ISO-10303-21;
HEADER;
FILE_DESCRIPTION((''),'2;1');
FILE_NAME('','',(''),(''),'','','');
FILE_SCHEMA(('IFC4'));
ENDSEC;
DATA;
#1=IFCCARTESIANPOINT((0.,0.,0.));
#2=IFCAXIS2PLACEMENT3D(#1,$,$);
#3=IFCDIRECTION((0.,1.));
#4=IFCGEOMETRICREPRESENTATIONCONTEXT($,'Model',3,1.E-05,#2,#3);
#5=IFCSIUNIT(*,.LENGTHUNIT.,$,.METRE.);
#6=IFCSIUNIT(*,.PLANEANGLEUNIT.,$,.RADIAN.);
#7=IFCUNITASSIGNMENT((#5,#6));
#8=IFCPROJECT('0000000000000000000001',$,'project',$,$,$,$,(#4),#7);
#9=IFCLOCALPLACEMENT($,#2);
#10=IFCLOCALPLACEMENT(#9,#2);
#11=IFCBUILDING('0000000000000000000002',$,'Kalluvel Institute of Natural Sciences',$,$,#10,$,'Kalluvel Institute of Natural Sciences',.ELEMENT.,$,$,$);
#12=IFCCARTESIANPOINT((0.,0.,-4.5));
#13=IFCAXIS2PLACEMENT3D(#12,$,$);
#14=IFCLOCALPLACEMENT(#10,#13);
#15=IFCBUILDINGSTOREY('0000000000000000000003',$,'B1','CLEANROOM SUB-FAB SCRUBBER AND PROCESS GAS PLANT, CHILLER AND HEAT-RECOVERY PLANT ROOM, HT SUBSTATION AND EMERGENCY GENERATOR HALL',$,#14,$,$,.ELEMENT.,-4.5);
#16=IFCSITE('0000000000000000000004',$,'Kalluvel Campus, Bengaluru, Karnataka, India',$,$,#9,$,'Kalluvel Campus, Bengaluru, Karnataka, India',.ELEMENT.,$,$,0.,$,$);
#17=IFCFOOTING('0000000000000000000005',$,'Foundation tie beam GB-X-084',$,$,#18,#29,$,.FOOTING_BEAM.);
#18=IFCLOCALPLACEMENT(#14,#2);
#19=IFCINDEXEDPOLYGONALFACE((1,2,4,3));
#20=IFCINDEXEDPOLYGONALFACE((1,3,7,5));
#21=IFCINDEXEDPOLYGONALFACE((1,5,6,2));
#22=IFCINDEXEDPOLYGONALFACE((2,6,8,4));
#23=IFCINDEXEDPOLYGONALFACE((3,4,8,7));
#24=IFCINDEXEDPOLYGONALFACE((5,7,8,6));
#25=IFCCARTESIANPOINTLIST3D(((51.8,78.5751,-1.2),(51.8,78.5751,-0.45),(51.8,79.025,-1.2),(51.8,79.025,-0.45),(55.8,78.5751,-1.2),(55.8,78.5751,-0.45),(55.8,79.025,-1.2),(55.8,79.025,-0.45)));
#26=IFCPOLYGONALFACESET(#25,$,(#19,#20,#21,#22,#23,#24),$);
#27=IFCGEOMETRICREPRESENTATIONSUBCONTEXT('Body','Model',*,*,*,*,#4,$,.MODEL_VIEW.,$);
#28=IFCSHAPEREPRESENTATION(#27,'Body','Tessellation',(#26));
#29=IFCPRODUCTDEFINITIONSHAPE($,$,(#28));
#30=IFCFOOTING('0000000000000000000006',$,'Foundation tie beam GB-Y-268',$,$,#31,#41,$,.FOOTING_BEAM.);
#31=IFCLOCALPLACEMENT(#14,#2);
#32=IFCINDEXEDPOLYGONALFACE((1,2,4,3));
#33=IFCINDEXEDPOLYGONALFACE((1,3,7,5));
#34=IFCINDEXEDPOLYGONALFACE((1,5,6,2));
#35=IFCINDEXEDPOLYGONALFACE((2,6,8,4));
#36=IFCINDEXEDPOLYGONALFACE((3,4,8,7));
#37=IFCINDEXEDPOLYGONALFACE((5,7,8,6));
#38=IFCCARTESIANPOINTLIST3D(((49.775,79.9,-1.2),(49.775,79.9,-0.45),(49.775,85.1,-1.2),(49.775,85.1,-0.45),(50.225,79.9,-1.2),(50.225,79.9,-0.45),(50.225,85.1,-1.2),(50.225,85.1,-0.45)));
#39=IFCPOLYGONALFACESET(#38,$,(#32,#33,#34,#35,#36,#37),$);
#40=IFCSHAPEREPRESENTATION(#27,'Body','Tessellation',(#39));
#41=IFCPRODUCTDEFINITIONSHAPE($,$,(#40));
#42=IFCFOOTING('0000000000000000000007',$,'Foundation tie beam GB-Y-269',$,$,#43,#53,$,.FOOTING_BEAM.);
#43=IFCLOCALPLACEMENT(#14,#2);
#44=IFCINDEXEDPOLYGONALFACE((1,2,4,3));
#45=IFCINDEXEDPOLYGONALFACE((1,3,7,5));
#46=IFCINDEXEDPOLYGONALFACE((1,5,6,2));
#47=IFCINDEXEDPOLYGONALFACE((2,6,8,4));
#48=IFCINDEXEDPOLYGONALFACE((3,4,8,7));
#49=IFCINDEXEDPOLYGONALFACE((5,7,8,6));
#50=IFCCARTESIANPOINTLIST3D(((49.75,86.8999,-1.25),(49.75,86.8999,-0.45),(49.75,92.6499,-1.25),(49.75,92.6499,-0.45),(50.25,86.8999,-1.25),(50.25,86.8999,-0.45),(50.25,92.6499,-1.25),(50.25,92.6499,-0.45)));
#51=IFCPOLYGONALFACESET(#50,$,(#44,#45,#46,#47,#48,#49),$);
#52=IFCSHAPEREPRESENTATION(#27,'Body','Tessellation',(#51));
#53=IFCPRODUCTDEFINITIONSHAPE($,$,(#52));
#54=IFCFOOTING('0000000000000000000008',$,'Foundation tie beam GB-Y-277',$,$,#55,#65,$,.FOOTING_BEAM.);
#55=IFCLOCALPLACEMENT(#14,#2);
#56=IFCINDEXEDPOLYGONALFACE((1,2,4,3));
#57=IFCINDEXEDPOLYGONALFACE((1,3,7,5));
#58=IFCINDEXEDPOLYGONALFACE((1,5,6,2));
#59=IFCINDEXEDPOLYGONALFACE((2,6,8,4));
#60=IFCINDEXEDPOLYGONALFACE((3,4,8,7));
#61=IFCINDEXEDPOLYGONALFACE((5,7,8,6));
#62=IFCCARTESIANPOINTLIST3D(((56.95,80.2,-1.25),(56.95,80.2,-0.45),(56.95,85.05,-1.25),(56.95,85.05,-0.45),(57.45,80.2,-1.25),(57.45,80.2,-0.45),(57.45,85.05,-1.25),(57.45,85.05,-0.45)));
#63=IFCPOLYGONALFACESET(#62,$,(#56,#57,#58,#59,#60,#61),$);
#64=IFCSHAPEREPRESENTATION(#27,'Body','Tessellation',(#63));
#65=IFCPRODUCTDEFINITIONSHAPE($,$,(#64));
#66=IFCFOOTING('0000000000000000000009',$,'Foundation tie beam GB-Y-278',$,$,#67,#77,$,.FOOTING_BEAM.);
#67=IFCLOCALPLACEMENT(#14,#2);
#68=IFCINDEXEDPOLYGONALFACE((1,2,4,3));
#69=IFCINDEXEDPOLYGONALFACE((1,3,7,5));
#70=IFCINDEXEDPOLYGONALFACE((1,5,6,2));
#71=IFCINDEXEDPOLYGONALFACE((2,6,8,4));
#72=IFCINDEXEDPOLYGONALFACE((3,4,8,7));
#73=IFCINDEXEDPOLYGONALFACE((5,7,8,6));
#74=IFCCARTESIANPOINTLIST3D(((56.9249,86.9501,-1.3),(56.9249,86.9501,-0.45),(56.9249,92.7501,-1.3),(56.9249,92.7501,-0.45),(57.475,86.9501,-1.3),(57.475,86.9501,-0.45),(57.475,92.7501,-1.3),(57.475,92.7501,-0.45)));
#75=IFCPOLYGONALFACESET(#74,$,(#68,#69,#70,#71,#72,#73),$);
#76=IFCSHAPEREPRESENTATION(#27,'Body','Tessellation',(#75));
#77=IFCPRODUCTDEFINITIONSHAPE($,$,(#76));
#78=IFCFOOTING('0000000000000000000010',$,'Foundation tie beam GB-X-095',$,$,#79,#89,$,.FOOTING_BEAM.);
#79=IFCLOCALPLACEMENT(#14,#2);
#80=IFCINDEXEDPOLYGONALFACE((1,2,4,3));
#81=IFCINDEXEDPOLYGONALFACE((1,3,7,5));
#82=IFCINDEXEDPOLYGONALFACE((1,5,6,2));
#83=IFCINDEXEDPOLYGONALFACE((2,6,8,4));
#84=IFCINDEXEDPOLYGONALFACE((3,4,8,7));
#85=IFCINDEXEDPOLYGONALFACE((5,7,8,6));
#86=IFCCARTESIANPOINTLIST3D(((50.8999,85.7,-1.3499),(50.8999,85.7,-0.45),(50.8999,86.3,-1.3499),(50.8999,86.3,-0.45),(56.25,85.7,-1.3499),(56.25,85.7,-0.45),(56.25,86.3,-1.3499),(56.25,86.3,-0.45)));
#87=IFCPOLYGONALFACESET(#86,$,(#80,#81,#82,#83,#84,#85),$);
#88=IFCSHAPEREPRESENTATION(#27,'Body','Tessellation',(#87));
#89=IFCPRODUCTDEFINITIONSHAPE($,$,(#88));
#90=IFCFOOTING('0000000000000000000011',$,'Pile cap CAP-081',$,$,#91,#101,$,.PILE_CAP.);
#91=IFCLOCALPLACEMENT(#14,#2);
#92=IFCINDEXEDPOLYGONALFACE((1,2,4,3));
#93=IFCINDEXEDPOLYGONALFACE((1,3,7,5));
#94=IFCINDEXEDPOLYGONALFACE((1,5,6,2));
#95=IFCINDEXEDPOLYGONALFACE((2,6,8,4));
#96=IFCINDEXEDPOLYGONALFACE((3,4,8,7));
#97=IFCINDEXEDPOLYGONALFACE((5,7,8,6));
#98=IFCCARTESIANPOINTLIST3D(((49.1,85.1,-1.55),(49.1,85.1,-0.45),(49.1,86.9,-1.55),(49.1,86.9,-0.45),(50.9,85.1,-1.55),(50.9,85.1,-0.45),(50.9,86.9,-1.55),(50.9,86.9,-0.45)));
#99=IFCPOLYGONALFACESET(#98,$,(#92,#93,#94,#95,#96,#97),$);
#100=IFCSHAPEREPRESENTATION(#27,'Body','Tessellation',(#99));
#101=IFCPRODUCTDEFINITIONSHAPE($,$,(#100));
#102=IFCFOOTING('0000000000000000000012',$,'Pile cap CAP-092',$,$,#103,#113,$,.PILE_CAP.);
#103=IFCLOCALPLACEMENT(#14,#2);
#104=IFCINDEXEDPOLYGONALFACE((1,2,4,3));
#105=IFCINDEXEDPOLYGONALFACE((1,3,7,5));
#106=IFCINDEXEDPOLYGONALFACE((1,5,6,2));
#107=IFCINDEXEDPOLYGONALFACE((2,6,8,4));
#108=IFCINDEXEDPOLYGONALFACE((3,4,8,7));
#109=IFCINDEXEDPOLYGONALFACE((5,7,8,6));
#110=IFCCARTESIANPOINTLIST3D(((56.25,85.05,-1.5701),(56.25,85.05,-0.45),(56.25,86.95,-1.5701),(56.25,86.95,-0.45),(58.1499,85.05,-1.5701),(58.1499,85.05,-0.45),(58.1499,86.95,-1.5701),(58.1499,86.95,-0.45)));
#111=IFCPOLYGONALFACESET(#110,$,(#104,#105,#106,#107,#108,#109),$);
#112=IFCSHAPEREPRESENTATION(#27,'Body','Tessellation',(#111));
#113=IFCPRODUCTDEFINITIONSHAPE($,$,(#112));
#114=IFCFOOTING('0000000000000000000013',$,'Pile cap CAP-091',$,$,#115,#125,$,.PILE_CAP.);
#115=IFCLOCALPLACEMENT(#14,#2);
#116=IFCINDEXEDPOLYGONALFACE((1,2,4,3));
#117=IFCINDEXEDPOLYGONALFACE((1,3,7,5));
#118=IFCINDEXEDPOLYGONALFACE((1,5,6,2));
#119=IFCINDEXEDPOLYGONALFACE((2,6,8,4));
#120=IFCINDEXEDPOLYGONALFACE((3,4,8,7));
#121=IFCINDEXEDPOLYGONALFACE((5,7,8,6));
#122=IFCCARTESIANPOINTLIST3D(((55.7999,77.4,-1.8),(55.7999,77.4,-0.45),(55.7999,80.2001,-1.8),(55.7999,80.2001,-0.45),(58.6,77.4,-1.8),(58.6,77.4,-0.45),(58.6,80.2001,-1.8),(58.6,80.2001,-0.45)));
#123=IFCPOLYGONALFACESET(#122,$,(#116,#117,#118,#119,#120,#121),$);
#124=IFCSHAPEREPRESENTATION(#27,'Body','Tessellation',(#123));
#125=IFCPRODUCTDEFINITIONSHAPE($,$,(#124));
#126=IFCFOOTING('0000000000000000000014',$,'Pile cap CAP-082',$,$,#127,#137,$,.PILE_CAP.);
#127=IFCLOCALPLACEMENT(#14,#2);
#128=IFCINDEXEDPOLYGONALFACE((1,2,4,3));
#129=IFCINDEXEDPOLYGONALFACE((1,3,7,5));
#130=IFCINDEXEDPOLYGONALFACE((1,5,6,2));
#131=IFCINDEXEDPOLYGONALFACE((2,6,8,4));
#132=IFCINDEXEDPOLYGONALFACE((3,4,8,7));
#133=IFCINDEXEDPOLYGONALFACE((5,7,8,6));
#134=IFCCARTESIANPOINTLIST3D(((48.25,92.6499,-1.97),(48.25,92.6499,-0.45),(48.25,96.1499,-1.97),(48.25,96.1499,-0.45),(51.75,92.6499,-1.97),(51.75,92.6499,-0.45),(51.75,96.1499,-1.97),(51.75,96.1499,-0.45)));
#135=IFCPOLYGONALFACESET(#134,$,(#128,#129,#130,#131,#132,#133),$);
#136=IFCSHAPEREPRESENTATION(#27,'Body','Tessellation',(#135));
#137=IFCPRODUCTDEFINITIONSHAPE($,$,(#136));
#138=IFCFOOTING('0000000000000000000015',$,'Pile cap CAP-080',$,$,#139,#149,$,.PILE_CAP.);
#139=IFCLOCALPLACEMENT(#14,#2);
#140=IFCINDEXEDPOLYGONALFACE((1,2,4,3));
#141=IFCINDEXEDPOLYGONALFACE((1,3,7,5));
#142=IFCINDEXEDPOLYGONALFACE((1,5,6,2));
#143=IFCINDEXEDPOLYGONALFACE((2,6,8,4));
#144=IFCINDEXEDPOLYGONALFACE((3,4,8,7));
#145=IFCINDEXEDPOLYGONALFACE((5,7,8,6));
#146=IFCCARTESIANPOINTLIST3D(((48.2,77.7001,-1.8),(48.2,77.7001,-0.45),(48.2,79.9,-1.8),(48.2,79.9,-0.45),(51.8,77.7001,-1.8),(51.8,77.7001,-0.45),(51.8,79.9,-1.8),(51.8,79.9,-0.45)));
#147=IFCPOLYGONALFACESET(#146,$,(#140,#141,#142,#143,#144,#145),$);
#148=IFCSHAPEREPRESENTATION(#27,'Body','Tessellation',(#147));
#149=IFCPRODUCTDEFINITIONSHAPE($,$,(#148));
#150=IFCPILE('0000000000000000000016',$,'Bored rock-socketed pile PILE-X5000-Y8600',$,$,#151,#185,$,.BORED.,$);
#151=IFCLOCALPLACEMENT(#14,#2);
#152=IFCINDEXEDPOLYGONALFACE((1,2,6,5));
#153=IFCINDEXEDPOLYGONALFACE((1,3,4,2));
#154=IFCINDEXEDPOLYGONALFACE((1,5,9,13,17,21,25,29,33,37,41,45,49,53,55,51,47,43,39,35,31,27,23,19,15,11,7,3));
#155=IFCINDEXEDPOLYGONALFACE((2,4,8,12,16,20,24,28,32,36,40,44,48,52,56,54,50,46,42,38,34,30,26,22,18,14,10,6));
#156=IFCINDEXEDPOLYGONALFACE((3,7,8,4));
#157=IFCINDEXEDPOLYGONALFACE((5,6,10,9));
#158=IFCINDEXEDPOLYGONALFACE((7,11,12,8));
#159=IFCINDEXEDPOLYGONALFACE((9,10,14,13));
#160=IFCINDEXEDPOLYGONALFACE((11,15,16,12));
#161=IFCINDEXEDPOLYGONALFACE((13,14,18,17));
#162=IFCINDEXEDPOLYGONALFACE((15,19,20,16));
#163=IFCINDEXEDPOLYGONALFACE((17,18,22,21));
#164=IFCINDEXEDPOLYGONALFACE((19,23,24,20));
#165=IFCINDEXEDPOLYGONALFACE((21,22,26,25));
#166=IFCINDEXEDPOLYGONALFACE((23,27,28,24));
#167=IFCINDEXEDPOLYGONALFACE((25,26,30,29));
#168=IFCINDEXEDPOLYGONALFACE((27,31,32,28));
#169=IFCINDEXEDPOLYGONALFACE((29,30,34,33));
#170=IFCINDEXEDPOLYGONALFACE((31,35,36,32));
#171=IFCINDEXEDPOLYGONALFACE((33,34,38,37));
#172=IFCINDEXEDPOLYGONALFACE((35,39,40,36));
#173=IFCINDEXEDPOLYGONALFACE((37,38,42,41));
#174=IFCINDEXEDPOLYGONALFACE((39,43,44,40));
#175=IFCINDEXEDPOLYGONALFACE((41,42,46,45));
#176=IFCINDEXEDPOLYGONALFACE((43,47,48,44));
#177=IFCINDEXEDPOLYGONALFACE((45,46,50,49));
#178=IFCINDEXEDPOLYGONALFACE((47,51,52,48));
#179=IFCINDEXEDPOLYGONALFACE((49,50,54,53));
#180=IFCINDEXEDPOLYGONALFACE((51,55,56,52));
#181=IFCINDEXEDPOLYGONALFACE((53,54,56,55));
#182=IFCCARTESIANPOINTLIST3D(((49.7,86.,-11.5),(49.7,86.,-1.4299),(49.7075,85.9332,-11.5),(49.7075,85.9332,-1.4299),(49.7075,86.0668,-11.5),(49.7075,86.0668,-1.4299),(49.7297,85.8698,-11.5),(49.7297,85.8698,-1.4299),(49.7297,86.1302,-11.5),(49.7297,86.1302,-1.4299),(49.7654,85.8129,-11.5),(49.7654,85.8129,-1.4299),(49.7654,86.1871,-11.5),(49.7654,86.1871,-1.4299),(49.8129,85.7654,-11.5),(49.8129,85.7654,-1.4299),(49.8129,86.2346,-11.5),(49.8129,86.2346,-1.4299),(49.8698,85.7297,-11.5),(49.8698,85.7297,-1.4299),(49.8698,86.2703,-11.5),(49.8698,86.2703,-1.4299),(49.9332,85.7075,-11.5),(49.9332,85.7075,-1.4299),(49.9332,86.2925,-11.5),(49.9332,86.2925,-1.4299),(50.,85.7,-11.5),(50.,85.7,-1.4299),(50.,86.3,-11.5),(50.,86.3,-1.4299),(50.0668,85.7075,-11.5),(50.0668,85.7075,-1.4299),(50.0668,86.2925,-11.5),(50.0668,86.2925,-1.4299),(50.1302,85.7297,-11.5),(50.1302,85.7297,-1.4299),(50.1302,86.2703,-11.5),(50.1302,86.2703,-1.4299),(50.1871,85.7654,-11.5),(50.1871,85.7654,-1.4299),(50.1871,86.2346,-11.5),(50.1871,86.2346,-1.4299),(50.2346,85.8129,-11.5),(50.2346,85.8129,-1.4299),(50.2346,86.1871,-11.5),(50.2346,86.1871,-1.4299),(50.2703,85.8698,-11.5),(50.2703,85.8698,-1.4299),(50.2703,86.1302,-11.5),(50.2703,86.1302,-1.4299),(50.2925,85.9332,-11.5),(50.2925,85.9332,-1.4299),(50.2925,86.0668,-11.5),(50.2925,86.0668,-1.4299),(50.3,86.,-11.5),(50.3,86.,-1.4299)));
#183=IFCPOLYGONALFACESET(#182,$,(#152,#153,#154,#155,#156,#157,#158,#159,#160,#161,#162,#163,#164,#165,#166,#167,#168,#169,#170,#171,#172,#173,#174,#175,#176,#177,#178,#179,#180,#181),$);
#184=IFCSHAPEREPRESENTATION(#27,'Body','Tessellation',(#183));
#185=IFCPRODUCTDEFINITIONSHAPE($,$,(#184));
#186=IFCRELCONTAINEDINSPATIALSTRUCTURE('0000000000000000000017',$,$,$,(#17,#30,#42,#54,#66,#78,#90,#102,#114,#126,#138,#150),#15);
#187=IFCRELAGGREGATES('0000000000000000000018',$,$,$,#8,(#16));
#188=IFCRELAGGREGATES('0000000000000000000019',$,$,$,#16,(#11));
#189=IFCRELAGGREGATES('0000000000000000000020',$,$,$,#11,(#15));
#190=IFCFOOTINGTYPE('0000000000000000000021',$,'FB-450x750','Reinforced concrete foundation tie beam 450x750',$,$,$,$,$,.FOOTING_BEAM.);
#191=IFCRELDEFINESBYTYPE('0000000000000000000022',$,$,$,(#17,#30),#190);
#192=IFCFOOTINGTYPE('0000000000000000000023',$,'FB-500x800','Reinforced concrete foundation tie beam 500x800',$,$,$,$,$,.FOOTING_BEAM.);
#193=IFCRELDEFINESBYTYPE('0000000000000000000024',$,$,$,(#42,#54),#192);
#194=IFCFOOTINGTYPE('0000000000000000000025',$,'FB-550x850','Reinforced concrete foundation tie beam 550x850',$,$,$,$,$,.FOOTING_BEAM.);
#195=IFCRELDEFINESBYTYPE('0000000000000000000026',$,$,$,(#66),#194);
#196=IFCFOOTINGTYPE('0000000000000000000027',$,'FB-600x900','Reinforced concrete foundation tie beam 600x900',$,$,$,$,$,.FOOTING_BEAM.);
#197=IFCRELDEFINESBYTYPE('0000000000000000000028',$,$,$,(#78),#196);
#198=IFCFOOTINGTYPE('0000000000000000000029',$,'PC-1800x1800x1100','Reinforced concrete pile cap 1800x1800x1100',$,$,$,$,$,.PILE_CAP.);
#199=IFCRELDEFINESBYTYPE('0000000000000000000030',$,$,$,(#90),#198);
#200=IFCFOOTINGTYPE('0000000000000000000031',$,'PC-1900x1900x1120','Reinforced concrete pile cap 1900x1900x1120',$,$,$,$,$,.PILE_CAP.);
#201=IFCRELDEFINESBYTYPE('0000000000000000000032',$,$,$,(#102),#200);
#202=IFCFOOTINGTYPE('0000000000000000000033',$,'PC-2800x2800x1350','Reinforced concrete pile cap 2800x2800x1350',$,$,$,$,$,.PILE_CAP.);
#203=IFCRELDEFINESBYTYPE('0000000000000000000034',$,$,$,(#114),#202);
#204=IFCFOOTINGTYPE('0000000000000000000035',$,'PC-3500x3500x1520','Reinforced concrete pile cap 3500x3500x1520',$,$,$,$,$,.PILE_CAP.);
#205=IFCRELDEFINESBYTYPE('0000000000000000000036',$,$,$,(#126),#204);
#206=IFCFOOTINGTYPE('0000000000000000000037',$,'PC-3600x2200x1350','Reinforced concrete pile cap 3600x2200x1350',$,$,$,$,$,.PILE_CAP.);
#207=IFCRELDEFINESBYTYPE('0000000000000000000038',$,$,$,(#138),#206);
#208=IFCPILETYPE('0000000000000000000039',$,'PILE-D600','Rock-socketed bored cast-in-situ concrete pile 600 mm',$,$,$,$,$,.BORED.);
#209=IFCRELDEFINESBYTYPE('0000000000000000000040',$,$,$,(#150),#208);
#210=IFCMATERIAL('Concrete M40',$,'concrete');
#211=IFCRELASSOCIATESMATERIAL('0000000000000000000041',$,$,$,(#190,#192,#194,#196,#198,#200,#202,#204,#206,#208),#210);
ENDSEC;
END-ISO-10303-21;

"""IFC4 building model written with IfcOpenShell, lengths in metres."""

from ifc_helpers import new_model, si_unit, direction, frame, origin, origin_2d, place, context, subcontext, project, spatial, rectangle, circle, extrude, material, material_profile, profile_set, type_object, element, save


model = new_model("IFC4")

# Units and contexts
model_context = context("Model", 3, precision=1e-05, world=origin(), true_north=direction((0.0, 1.0)))
body_context = subcontext(model_context, "Body", "Model", "MODEL_VIEW")
ifc_project = project(units=[si_unit("LENGTHUNIT", "METRE"), si_unit("PLANEANGLEUNIT", "RADIAN")], contexts=[model_context])

# Site, building, storey
site_placement = place(None, origin())
site = spatial("IfcSite", under=ifc_project, at=site_placement, Name="Kalluvel Campus, Bengaluru, Karnataka, India", LongName="Kalluvel Campus, Bengaluru, Karnataka, India", CompositionType="ELEMENT", RefElevation=0.0)
building_placement = place(site_placement, origin())
building = spatial("IfcBuilding", under=site, at=building_placement, Name="Kalluvel Institute of Natural Sciences", LongName="Kalluvel Institute of Natural Sciences", CompositionType="ELEMENT")
storey_placement = place(building_placement, frame((0.0, 0.0, -4.5)))
storey = spatial("IfcBuildingStorey", under=building, at=storey_placement, Name="B1", Description="CLEANROOM SUB-FAB SCRUBBER AND PROCESS GAS PLANT, CHILLER AND HEAT-RECOVERY PLANT ROOM, HT SUBSTATION AND EMERGENCY GENERATOR HALL", CompositionType="ELEMENT", Elevation=-4.5)

# Footings
ifc_material_1 = material(Name="Concrete M40", Category="concrete")
footing_type_1 = type_object("IfcFootingType", Name="FB-450x750", Description="Reinforced concrete foundation tie beam 450x750", PredefinedType="FOOTING_BEAM", material=ifc_material_1)
footing_1_placement = place(storey_placement, frame((53.8, 78.8, -1.2), z_axis=(0.0, 0.0, 1.0), x_axis=(1.0, 0.0, 0.0)))
element("IfcFooting", 1, at=footing_1_placement, inside=storey, type_object=footing_type_1, Name="Foundation tie beam GB-X-084", PredefinedType="FOOTING_BEAM", context=body_context, shape_type="SweptSolid", body=[
    extrude(rectangle(XDim=4.0, YDim=0.45, at=origin_2d()), origin(), (0.0, 0.0, 1.0), 0.75),
])
footing_2_placement = place(storey_placement, frame((50.0, 82.5, -1.2), z_axis=(0.0, 0.0, 1.0), x_axis=(1.0, 0.0, 0.0)))
element("IfcFooting", 2, at=footing_2_placement, inside=storey, type_object=footing_type_1, Name="Foundation tie beam GB-Y-268", PredefinedType="FOOTING_BEAM", context=body_context, shape_type="SweptSolid", body=[
    extrude(rectangle(XDim=0.45, YDim=5.2, at=origin_2d()), origin(), (0.0, 0.0, 1.0), 0.75),
])
footing_type_2 = type_object("IfcFootingType", Name="FB-500x800", Description="Reinforced concrete foundation tie beam 500x800", PredefinedType="FOOTING_BEAM", material=ifc_material_1)
footing_3_placement = place(storey_placement, frame((50.0, 89.7749, -1.25), z_axis=(0.0, 0.0, 1.0), x_axis=(1.0, 0.0, 0.0)))
element("IfcFooting", 3, at=footing_3_placement, inside=storey, type_object=footing_type_2, Name="Foundation tie beam GB-Y-269", PredefinedType="FOOTING_BEAM", context=body_context, shape_type="SweptSolid", body=[
    extrude(rectangle(XDim=0.5, YDim=5.75, at=origin_2d()), origin(), (0.0, 0.0, 1.0), 0.8),
])
footing_4_placement = place(storey_placement, frame((57.2, 82.625, -1.25), z_axis=(0.0, 0.0, 1.0), x_axis=(1.0, 0.0, 0.0)))
element("IfcFooting", 4, at=footing_4_placement, inside=storey, type_object=footing_type_2, Name="Foundation tie beam GB-Y-277", PredefinedType="FOOTING_BEAM", context=body_context, shape_type="SweptSolid", body=[
    extrude(rectangle(XDim=0.5, YDim=4.8501, at=origin_2d()), origin(), (0.0, 0.0, 1.0), 0.8),
])
footing_type_3 = type_object("IfcFootingType", Name="FB-550x850", Description="Reinforced concrete foundation tie beam 550x850", PredefinedType="FOOTING_BEAM", material=ifc_material_1)
footing_5_placement = place(storey_placement, frame((57.2, 89.8501, -1.3), z_axis=(0.0, 0.0, 1.0), x_axis=(1.0, 0.0, 0.0)))
element("IfcFooting", 5, at=footing_5_placement, inside=storey, type_object=footing_type_3, Name="Foundation tie beam GB-Y-278", PredefinedType="FOOTING_BEAM", context=body_context, shape_type="SweptSolid", body=[
    extrude(rectangle(XDim=0.55, YDim=5.8, at=origin_2d()), origin(), (0.0, 0.0, 1.0), 0.8501),
])
footing_type_4 = type_object("IfcFootingType", Name="FB-600x900", Description="Reinforced concrete foundation tie beam 600x900", PredefinedType="FOOTING_BEAM", material=ifc_material_1)
footing_6_placement = place(storey_placement, frame((53.575, 86.0, -1.3499), z_axis=(0.0, 0.0, 1.0), x_axis=(1.0, 0.0, 0.0)))
element("IfcFooting", 6, at=footing_6_placement, inside=storey, type_object=footing_type_4, Name="Foundation tie beam GB-X-095", PredefinedType="FOOTING_BEAM", context=body_context, shape_type="SweptSolid", body=[
    extrude(rectangle(XDim=5.3501, YDim=0.6001, at=origin_2d()), origin(), (0.0, 0.0, 1.0), 0.8999),
])
footing_type_5 = type_object("IfcFootingType", Name="PC-1800x1800x1100", Description="Reinforced concrete pile cap 1800x1800x1100", PredefinedType="PILE_CAP", material=ifc_material_1)
footing_7_placement = place(storey_placement, frame((50.0, 86.0, -1.55), z_axis=(0.0, 0.0, 1.0), x_axis=(1.0, 0.0, 0.0)))
element("IfcFooting", 7, at=footing_7_placement, inside=storey, type_object=footing_type_5, Name="Pile cap CAP-081", PredefinedType="PILE_CAP", context=body_context, shape_type="SweptSolid", body=[
    extrude(rectangle(XDim=1.8, YDim=1.8, at=origin_2d()), origin(), (0.0, 0.0, 1.0), 1.1001),
])
footing_type_6 = type_object("IfcFootingType", Name="PC-1900x1900x1120", Description="Reinforced concrete pile cap 1900x1900x1120", PredefinedType="PILE_CAP", material=ifc_material_1)
footing_8_placement = place(storey_placement, frame((57.2, 86.0, -1.5701), z_axis=(0.0, 0.0, 1.0), x_axis=(1.0, 0.0, 0.0)))
element("IfcFooting", 8, at=footing_8_placement, inside=storey, type_object=footing_type_6, Name="Pile cap CAP-092", PredefinedType="PILE_CAP", context=body_context, shape_type="SweptSolid", body=[
    extrude(rectangle(XDim=1.8999, YDim=1.8999, at=origin_2d()), origin(), (0.0, 0.0, 1.0), 1.1201),
])
footing_type_7 = type_object("IfcFootingType", Name="PC-2800x2800x1350", Description="Reinforced concrete pile cap 2800x2800x1350", PredefinedType="PILE_CAP", material=ifc_material_1)
footing_9_placement = place(storey_placement, frame((57.2, 78.8, -1.8), z_axis=(0.0, 0.0, 1.0), x_axis=(1.0, 0.0, 0.0)))
element("IfcFooting", 9, at=footing_9_placement, inside=storey, type_object=footing_type_7, Name="Pile cap CAP-091", PredefinedType="PILE_CAP", context=body_context, shape_type="SweptSolid", body=[
    extrude(rectangle(XDim=2.8, YDim=2.8, at=origin_2d()), origin(), (0.0, 0.0, 1.0), 1.3501),
])
footing_type_8 = type_object("IfcFootingType", Name="PC-3500x3500x1520", Description="Reinforced concrete pile cap 3500x3500x1520", PredefinedType="PILE_CAP", material=ifc_material_1)
footing_10_placement = place(storey_placement, frame((50.0, 94.3999, -1.97), z_axis=(0.0, 0.0, 1.0), x_axis=(1.0, 0.0, 0.0)))
element("IfcFooting", 10, at=footing_10_placement, inside=storey, type_object=footing_type_8, Name="Pile cap CAP-082", PredefinedType="PILE_CAP", context=body_context, shape_type="SweptSolid", body=[
    extrude(rectangle(XDim=3.5, YDim=3.5, at=origin_2d()), origin(), (0.0, 0.0, 1.0), 1.52),
])
footing_type_9 = type_object("IfcFootingType", Name="PC-3600x2200x1350", Description="Reinforced concrete pile cap 3600x2200x1350", PredefinedType="PILE_CAP", material=ifc_material_1)
footing_11_placement = place(storey_placement, frame((50.0, 78.8, -1.8), z_axis=(0.0, 0.0, 1.0), x_axis=(1.0, 0.0, 0.0)))
element("IfcFooting", 11, at=footing_11_placement, inside=storey, type_object=footing_type_9, Name="Pile cap CAP-080", PredefinedType="PILE_CAP", context=body_context, shape_type="SweptSolid", body=[
    extrude(rectangle(XDim=3.6001, YDim=2.2, at=origin_2d()), origin(), (0.0, 0.0, 1.0), 1.3501),
])

# Pile
ifc_material_profile_1 = material_profile(ifc_material_1, circle(Radius=0.3, at=origin_2d()), Name="PILE D600")
ifc_profile_set_1 = profile_set([ifc_material_profile_1], Name="Concrete M40")
pile_type_1 = type_object("IfcPileType", Name="PILE-D600", Description="Rock-socketed bored cast-in-situ concrete pile 600 mm", PredefinedType="BORED", material=ifc_profile_set_1)
pile_1_placement = place(storey_placement, frame((50.0, 86.0, -1.4299), z_axis=(0.0, 0.0, -1.0), x_axis=(1.0, 0.0, 0.0)))
element("IfcPile", 12, at=pile_1_placement, inside=storey, type_object=pile_type_1, Name="Bored rock-socketed pile PILE-X5000-Y8600", PredefinedType="BORED", context=body_context, shape_type="SweptSolid", body=[
    extrude(circle(Radius=0.3, at=origin_2d()), origin(), (0.0, 0.0, 1.0), 10.0701),
])

save(model, "model.ifc")
